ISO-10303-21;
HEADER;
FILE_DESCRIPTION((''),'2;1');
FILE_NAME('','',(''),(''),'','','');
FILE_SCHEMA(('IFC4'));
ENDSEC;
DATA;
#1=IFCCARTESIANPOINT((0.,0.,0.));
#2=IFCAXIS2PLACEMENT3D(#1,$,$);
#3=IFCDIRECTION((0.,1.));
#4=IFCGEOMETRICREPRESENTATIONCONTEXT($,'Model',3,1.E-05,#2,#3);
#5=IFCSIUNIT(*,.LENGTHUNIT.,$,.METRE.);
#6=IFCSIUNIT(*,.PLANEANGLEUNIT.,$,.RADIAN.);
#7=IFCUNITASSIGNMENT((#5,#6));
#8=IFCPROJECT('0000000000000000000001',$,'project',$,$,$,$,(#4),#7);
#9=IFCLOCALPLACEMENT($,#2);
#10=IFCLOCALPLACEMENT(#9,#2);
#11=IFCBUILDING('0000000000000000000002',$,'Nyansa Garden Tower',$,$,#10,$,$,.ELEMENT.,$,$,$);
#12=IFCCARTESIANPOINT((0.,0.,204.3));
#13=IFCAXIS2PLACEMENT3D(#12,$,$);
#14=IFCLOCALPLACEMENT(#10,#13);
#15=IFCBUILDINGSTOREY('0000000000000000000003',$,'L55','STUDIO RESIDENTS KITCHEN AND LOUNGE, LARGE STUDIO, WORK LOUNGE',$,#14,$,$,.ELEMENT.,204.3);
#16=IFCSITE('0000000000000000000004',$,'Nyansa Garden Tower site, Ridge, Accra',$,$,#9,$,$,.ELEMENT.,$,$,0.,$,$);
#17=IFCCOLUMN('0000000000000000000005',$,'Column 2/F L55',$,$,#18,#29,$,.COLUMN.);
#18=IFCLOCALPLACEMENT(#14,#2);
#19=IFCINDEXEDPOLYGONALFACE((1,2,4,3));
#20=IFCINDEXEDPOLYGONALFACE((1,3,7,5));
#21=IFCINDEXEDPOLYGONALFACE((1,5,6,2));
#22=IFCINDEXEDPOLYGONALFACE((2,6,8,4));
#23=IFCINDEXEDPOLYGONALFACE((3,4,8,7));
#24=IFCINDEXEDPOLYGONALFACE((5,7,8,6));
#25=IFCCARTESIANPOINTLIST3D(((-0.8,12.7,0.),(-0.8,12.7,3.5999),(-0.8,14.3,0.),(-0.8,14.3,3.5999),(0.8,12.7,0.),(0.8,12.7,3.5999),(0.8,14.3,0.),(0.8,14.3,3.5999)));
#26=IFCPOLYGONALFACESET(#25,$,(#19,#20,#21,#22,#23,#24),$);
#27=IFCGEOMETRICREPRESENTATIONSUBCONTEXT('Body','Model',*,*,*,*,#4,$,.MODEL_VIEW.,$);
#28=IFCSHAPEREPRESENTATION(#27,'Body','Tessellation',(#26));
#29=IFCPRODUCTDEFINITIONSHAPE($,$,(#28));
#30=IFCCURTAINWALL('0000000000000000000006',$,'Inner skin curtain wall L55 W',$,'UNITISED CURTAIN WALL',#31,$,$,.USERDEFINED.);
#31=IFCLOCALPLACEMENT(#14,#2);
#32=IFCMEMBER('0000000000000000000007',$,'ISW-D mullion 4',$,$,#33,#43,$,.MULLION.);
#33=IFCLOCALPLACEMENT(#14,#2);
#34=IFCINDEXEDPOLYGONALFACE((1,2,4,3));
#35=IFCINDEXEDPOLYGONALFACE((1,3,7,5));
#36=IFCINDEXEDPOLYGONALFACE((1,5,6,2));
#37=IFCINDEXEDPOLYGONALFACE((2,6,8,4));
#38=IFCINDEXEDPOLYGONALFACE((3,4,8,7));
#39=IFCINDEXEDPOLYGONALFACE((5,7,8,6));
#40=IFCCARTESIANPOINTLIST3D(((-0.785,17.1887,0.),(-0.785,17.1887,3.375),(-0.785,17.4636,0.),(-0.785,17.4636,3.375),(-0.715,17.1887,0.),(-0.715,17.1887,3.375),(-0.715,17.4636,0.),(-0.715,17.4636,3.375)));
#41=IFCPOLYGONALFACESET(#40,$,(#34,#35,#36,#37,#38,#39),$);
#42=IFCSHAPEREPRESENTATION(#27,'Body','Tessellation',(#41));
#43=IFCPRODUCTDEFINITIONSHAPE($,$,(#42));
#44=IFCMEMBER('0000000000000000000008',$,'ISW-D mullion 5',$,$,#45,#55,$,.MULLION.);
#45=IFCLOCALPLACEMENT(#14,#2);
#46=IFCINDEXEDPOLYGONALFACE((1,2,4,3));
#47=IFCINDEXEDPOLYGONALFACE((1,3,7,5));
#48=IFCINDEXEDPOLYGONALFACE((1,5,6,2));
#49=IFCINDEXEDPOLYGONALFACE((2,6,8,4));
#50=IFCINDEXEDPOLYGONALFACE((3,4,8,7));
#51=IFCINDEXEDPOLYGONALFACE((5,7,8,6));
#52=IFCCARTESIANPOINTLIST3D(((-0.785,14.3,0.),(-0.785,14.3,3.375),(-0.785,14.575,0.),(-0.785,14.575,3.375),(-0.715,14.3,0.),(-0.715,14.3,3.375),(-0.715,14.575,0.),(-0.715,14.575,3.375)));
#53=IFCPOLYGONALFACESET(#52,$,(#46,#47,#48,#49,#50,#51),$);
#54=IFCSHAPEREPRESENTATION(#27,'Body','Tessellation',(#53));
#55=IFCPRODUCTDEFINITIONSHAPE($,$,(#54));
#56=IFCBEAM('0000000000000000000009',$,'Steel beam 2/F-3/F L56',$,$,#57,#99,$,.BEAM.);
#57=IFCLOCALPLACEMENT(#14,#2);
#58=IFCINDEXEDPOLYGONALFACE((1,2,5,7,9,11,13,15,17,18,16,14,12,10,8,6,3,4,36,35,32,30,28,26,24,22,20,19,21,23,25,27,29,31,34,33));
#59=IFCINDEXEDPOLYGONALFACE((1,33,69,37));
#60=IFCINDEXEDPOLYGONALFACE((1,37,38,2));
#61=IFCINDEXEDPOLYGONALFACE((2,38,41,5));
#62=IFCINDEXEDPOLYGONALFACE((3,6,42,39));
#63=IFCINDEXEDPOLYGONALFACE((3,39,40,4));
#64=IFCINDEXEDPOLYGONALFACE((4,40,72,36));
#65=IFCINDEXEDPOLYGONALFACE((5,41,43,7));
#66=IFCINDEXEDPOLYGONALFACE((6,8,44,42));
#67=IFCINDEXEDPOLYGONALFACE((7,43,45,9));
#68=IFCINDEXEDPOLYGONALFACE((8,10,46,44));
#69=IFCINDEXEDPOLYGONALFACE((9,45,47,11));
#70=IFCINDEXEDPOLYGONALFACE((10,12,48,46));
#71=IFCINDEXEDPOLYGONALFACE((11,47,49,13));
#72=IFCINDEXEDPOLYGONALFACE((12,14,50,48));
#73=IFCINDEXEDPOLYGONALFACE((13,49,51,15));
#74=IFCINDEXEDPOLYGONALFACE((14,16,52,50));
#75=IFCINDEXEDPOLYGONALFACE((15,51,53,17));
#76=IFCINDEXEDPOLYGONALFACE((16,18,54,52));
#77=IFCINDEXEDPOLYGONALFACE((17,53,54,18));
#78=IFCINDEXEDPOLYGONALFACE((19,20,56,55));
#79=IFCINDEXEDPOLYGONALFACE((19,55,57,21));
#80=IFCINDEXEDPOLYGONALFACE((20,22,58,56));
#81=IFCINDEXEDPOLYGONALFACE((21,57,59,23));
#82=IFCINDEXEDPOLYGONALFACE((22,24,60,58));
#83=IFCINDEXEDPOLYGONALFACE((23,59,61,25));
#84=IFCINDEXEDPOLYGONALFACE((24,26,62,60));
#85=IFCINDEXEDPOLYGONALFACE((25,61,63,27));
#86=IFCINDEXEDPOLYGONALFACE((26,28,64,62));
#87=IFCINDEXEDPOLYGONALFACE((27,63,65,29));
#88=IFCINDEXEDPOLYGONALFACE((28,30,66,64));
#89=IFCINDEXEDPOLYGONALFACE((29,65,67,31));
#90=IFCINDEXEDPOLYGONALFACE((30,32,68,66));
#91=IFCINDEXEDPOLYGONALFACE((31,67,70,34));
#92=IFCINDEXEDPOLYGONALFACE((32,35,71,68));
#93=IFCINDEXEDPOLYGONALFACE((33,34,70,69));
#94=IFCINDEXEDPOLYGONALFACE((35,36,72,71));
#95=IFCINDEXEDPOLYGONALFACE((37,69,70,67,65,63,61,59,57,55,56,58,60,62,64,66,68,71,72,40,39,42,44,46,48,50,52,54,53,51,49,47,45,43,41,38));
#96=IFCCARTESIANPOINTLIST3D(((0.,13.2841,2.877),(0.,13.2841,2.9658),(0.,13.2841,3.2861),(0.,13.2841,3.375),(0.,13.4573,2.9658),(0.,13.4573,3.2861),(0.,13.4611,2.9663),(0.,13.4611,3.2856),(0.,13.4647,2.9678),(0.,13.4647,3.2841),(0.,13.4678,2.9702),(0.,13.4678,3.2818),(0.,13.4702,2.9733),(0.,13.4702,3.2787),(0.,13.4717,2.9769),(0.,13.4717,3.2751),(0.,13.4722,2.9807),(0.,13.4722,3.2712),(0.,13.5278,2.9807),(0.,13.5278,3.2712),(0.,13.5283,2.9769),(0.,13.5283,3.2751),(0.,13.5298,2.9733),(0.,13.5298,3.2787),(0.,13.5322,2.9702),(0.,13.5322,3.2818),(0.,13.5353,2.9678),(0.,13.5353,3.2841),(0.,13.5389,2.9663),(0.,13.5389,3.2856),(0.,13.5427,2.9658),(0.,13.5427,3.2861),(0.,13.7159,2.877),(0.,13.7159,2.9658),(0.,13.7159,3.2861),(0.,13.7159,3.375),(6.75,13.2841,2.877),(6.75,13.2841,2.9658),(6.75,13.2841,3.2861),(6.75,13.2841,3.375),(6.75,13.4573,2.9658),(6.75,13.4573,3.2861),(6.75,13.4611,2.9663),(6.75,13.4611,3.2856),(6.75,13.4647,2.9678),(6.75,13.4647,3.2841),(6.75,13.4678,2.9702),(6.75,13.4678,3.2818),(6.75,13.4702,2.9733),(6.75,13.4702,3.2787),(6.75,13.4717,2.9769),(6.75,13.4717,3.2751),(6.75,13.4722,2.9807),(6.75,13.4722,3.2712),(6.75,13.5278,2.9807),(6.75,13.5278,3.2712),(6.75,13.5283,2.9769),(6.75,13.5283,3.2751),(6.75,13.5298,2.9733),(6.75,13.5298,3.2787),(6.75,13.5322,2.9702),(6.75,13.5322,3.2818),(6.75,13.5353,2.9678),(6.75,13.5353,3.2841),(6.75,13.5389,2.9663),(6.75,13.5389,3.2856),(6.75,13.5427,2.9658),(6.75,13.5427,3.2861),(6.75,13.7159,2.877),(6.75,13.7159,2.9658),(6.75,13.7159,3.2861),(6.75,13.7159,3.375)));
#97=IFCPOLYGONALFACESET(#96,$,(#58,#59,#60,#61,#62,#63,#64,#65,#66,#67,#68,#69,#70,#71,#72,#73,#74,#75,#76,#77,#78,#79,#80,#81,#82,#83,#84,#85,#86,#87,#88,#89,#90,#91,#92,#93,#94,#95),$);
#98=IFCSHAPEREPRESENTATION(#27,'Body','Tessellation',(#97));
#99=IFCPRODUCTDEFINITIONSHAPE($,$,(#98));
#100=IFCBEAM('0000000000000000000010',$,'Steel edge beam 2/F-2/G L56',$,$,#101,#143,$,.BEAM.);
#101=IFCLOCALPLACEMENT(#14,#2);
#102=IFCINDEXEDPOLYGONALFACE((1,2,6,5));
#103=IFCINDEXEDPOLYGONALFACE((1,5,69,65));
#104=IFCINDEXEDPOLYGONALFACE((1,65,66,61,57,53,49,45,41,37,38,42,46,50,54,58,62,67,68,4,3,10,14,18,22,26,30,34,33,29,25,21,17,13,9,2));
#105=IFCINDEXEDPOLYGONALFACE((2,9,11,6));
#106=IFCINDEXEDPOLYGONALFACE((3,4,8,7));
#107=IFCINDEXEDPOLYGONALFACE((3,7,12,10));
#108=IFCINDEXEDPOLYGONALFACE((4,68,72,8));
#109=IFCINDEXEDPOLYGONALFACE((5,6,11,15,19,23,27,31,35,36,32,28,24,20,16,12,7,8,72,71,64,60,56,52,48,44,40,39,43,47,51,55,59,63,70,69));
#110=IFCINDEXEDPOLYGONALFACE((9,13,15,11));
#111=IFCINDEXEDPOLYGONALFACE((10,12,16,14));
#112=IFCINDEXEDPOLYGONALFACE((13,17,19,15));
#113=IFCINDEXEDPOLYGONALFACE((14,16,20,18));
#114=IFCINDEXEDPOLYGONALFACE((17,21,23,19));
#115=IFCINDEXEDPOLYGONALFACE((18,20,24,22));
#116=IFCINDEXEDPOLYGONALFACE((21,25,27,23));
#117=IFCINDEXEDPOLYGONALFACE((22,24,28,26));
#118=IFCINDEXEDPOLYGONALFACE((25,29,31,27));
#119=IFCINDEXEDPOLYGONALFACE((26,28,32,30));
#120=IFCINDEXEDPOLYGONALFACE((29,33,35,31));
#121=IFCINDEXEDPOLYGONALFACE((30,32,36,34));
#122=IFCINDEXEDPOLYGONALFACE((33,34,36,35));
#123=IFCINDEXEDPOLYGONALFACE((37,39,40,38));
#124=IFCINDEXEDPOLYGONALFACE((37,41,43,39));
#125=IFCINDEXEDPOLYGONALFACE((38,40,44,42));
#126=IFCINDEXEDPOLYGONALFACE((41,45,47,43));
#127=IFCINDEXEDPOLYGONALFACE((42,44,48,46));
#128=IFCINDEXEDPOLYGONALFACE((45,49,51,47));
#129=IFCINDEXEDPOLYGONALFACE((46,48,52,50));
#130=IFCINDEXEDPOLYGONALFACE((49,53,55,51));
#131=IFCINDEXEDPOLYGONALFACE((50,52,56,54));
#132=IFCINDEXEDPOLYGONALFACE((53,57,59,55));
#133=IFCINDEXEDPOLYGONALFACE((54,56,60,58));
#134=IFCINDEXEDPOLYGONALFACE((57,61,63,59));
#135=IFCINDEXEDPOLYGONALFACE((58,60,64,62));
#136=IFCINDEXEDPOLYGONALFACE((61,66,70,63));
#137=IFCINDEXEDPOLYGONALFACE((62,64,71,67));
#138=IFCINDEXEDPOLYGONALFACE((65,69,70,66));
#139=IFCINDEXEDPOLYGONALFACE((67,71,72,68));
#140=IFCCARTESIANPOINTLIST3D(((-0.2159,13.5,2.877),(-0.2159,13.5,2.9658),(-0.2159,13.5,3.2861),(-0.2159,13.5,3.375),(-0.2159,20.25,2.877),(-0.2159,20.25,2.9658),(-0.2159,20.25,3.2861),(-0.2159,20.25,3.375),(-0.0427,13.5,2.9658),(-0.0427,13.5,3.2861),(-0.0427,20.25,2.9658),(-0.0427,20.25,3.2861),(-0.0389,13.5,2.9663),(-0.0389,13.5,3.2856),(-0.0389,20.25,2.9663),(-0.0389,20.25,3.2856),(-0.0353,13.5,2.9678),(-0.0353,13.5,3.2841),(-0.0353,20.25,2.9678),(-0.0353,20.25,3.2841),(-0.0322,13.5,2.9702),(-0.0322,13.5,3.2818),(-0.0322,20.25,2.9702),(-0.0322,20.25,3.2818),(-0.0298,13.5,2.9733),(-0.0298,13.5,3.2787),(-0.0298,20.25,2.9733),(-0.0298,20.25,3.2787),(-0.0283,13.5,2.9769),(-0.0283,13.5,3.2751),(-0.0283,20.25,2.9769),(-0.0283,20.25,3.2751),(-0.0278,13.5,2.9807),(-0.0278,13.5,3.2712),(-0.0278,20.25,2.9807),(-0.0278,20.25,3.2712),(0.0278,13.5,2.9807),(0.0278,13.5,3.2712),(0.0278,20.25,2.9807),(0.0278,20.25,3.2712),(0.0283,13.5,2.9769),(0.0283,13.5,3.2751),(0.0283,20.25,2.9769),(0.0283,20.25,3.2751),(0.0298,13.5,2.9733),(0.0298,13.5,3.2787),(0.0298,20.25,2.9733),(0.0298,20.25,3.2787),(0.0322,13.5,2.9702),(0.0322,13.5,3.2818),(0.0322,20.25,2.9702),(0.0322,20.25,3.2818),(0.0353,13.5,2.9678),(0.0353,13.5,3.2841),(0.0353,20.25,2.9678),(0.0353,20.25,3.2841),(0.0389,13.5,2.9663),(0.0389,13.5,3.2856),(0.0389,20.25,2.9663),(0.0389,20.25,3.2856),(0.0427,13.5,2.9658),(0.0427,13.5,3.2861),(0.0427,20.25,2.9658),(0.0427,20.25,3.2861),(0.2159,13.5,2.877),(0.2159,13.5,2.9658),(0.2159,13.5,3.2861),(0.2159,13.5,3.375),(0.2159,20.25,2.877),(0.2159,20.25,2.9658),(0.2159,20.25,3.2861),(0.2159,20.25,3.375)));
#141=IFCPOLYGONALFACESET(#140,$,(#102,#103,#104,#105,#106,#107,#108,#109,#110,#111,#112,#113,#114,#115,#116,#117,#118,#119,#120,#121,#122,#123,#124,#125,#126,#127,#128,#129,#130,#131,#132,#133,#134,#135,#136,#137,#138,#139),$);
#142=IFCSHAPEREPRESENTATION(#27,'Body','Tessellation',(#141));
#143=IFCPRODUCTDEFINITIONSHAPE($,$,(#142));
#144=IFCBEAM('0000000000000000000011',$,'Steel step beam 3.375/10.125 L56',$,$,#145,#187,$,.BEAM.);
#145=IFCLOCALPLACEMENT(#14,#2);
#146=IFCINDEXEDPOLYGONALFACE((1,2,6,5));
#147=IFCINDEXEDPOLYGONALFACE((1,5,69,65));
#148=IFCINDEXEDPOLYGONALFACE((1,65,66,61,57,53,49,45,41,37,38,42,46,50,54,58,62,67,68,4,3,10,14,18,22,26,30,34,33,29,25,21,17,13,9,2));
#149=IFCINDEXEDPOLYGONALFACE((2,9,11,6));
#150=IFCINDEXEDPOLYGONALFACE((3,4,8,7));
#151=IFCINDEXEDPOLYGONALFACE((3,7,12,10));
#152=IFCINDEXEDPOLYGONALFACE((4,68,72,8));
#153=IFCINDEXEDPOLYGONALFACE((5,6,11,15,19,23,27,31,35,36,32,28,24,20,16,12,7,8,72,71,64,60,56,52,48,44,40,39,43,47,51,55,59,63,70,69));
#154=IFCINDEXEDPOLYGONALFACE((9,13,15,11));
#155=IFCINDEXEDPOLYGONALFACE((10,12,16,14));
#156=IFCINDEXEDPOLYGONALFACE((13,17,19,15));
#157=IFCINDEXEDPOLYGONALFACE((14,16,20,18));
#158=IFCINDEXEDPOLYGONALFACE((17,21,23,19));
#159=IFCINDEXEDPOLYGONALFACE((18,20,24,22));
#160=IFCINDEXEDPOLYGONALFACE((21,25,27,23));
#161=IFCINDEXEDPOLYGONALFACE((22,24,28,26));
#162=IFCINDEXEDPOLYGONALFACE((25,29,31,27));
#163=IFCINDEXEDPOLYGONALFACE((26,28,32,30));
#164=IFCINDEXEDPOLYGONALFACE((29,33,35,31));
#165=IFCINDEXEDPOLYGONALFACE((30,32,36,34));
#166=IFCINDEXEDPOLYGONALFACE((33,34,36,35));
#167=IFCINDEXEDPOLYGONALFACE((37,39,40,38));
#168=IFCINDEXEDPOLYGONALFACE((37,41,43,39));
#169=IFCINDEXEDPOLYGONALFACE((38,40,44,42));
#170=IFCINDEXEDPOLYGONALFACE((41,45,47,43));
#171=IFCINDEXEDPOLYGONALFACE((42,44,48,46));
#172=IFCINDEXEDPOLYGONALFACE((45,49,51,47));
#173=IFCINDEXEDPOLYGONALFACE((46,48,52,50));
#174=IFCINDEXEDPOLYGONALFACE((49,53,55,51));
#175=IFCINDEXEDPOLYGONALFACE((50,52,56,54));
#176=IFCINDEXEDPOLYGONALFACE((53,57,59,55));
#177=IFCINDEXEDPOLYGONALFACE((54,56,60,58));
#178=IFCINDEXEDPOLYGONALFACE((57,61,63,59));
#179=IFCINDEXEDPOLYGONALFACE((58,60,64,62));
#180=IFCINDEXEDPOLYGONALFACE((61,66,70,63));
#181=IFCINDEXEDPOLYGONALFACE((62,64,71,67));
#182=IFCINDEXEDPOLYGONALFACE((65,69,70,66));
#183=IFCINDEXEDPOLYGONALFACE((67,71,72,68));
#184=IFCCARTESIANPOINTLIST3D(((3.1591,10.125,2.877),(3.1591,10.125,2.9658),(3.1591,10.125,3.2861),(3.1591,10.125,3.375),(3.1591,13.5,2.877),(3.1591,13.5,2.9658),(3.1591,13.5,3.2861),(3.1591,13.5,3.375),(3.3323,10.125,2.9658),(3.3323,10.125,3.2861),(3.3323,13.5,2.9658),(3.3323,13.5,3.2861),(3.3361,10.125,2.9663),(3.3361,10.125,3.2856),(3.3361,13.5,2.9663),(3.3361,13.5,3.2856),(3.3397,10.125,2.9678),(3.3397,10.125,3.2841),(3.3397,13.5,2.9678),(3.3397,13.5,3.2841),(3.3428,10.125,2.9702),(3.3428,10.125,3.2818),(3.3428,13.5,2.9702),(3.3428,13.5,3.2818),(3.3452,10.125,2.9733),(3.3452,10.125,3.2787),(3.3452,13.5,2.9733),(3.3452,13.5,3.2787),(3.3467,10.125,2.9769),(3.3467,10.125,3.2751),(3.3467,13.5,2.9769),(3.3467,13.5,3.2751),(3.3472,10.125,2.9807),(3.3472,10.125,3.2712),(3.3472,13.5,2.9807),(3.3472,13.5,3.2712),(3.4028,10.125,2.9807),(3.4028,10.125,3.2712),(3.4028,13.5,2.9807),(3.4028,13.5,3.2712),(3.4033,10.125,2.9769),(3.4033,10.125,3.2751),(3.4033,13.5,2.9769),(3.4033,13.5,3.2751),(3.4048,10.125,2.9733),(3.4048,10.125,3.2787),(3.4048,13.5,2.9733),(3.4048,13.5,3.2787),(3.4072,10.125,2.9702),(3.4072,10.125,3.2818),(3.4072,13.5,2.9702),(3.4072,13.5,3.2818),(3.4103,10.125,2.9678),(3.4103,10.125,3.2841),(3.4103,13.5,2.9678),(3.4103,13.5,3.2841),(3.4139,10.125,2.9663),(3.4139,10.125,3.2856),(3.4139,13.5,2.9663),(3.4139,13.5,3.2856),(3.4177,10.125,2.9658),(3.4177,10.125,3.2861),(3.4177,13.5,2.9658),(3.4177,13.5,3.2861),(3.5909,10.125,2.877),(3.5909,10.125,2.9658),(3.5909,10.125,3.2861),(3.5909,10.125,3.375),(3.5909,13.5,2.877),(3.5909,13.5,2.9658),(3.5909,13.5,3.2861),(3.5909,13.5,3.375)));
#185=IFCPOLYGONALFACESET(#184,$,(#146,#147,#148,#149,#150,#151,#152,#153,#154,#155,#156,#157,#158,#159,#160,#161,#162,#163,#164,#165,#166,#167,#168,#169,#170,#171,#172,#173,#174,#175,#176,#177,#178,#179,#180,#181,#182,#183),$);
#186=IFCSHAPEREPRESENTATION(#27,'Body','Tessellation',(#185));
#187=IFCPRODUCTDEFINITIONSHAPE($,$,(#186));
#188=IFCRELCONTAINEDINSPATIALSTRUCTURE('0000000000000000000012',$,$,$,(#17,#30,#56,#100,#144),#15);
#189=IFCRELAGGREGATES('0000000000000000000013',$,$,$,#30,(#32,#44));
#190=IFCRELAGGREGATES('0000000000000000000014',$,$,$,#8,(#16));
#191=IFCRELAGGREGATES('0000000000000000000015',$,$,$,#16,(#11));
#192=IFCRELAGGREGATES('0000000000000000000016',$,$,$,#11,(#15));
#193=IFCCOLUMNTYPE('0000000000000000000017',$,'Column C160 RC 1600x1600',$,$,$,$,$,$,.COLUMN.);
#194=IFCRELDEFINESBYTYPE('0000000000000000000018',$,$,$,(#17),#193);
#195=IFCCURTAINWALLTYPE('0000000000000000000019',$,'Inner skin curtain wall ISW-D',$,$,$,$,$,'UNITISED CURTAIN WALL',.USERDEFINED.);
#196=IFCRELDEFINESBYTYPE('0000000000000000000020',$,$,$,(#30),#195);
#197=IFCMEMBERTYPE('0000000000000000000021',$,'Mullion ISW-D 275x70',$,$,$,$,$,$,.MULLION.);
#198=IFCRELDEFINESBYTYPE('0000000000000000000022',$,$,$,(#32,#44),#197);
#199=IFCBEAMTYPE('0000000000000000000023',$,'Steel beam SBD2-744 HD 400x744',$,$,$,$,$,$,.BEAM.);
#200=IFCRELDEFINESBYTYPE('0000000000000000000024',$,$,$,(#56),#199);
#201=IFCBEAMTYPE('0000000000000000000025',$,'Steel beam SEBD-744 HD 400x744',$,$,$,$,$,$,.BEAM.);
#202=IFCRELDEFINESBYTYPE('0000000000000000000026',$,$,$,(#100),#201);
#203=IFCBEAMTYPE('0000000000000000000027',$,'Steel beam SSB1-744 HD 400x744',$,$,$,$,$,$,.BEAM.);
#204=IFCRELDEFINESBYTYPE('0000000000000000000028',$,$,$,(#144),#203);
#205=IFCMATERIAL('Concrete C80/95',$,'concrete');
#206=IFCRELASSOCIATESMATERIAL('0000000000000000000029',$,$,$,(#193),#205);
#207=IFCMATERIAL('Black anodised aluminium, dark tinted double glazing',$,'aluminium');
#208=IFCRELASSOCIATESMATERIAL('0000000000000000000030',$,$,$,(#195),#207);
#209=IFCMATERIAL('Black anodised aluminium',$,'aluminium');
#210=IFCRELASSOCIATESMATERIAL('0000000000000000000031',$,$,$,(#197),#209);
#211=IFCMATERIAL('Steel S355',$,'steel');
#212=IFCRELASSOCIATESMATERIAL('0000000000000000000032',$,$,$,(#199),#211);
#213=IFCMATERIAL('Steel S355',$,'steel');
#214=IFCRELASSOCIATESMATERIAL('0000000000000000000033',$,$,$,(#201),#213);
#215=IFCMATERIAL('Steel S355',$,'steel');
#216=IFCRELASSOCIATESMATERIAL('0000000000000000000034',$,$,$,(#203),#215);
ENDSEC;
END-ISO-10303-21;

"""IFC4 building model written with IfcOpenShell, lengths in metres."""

from ifc_helpers import new_model, si_unit, direction, frame, origin, origin_2d, place, context, subcontext, project, spatial, rectangle, i_section, extrude, material, material_profile, profile_set, type_object, element, aggregate, save


model = new_model("IFC4")

# Units and contexts
model_context = context("Model", 3, precision=1e-05, world=origin(), true_north=direction((0.0, 1.0)))
body_context = subcontext(model_context, "Body", "Model", "MODEL_VIEW")
ifc_project = project(units=[si_unit("LENGTHUNIT", "METRE"), si_unit("PLANEANGLEUNIT", "RADIAN")], contexts=[model_context])

# Site, building, storey
site_placement = place(None, origin())
site = spatial("IfcSite", under=ifc_project, at=site_placement, Name="Nyansa Garden Tower site, Ridge, Accra", CompositionType="ELEMENT", RefElevation=0.0)
building_placement = place(site_placement, origin())
building = spatial("IfcBuilding", under=site, at=building_placement, Name="Nyansa Garden Tower", CompositionType="ELEMENT")
storey_placement = place(building_placement, frame((0.0, 0.0, 204.3)))
storey = spatial("IfcBuildingStorey", under=building, at=storey_placement, Name="L55", Description="STUDIO RESIDENTS KITCHEN AND LOUNGE, LARGE STUDIO, WORK LOUNGE", CompositionType="ELEMENT", Elevation=204.3)

# Column
ifc_material_1 = material(Name="Concrete C80/95", Category="concrete")
ifc_material_profile_1 = material_profile(ifc_material_1, rectangle(XDim=1.6001, YDim=1.6001, at=origin_2d()), Name="RC 1600x1600")
ifc_profile_set_1 = profile_set([ifc_material_profile_1], Name="Concrete C80/95")
column_type = type_object("IfcColumnType", Name="Column C160 RC 1600x1600", PredefinedType="COLUMN", material=ifc_profile_set_1)
column_placement = place(storey_placement, frame((0.0, 13.5, 0.0), z_axis=(0.0, 0.0, 1.0), x_axis=(1.0, 0.0, 0.0)))
element("IfcColumn", 1, at=column_placement, inside=storey, type_object=column_type, Name="Column 2/F L55", PredefinedType="COLUMN", context=body_context, shape_type="SweptSolid", body=[
    extrude(rectangle(XDim=1.6001, YDim=1.6001, at=origin_2d()), origin(), (0.0, 0.0, 1.0), 3.5999),
])

# Curtain wall, members
ifc_material_2 = material(Name="Black anodised aluminium, dark tinted double glazing", Category="aluminium")
curtain_wall_type = type_object("IfcCurtainWallType", Name="Inner skin curtain wall ISW-D", ElementType="UNITISED CURTAIN WALL", PredefinedType="USERDEFINED", material=ifc_material_2)
curtain_wall_placement = place(storey_placement, origin())
curtain_wall = element("IfcCurtainWall", 2, at=curtain_wall_placement, inside=storey, type_object=curtain_wall_type, Name="Inner skin curtain wall L55 W", ObjectType="UNITISED CURTAIN WALL", PredefinedType="USERDEFINED")
ifc_material_3 = material(Name="Black anodised aluminium", Category="aluminium")
ifc_material_profile_2 = material_profile(ifc_material_3, rectangle(XDim=0.0701, YDim=0.2749, at=origin_2d()), Name="Mullion 275x70")
ifc_profile_set_2 = profile_set([ifc_material_profile_2], Name="Black anodised aluminium")
member_type_1 = type_object("IfcMemberType", Name="Mullion ISW-D 275x70", PredefinedType="MULLION", material=ifc_profile_set_2)
member_1_placement = place(storey_placement, frame((-0.75, 17.3262, 0.0), z_axis=(0.0, 0.0, 1.0), x_axis=(1.0, 0.0, 0.0)))
member_1 = element("IfcMember", 3, at=member_1_placement, type_object=member_type_1, Name="ISW-D mullion 4", PredefinedType="MULLION", context=body_context, shape_type="SweptSolid", body=[
    extrude(rectangle(XDim=0.0701, YDim=0.2749, at=origin_2d()), origin(), (0.0, 0.0, 1.0), 3.375),
])
member_2_placement = place(storey_placement, frame((-0.75, 14.4375, 0.0), z_axis=(0.0, 0.0, 1.0), x_axis=(1.0, 0.0, 0.0)))
member_2 = element("IfcMember", 4, at=member_2_placement, type_object=member_type_1, Name="ISW-D mullion 5", PredefinedType="MULLION", context=body_context, shape_type="SweptSolid", body=[
    extrude(rectangle(XDim=0.0701, YDim=0.2749, at=origin_2d()), origin(), (0.0, 0.0, 1.0), 3.375),
])

# Beams
ifc_material_4 = material(Name="Steel S355", Category="steel")
ifc_material_profile_3 = material_profile(ifc_material_4, i_section(OverallWidth=0.4319, OverallDepth=0.498, WebThickness=0.0557, FlangeThickness=0.0889, FilletRadius=0.0149, at=origin_2d()), Name="HD 400x744")
ifc_profile_set_3 = profile_set([ifc_material_profile_3], Name="Steel S355")
beam_type_1 = type_object("IfcBeamType", Name="Steel beam SBD2-744 HD 400x744", PredefinedType="BEAM", material=ifc_profile_set_3)
beam_1_placement = place(storey_placement, frame((0.0, 13.5, 3.126), z_axis=(1.0, 0.0, 0.0), x_axis=(0.0, 1.0, 0.0)))
element("IfcBeam", 5, at=beam_1_placement, inside=storey, type_object=beam_type_1, Name="Steel beam 2/F-3/F L56", PredefinedType="BEAM", context=body_context, shape_type="SweptSolid", body=[
    extrude(i_section(OverallWidth=0.4319, OverallDepth=0.498, WebThickness=0.0557, FlangeThickness=0.0889, FilletRadius=0.0149, at=origin_2d()), origin(), (0.0, 0.0, 1.0), 6.75),
])
ifc_material_5 = material(Name="Steel S355", Category="steel")
ifc_material_profile_4 = material_profile(ifc_material_5, i_section(OverallWidth=0.4319, OverallDepth=0.498, WebThickness=0.0557, FlangeThickness=0.0889, FilletRadius=0.0149, at=origin_2d()), Name="HD 400x744")
ifc_profile_set_4 = profile_set([ifc_material_profile_4], Name="Steel S355")
beam_type_2 = type_object("IfcBeamType", Name="Steel beam SEBD-744 HD 400x744", PredefinedType="BEAM", material=ifc_profile_set_4)
beam_2_placement = place(storey_placement, frame((0.0, 13.5, 3.126), z_axis=(0.0, 1.0, 0.0), x_axis=(-1.0, 0.0, 0.0)))
element("IfcBeam", 6, at=beam_2_placement, inside=storey, type_object=beam_type_2, Name="Steel edge beam 2/F-2/G L56", PredefinedType="BEAM", context=body_context, shape_type="SweptSolid", body=[
    extrude(i_section(OverallWidth=0.4319, OverallDepth=0.498, WebThickness=0.0557, FlangeThickness=0.0889, FilletRadius=0.0149, at=origin_2d()), origin(), (0.0, 0.0, 1.0), 6.75),
])
ifc_material_6 = material(Name="Steel S355", Category="steel")
ifc_material_profile_5 = material_profile(ifc_material_6, i_section(OverallWidth=0.4319, OverallDepth=0.498, WebThickness=0.0557, FlangeThickness=0.0889, FilletRadius=0.0149, at=origin_2d()), Name="HD 400x744")
ifc_profile_set_5 = profile_set([ifc_material_profile_5], Name="Steel S355")
beam_type_3 = type_object("IfcBeamType", Name="Steel beam SSB1-744 HD 400x744", PredefinedType="BEAM", material=ifc_profile_set_5)
beam_3_placement = place(storey_placement, frame((3.375, 10.125, 3.126), z_axis=(0.0, 1.0, 0.0), x_axis=(-1.0, 0.0, 0.0)))
element("IfcBeam", 7, at=beam_3_placement, inside=storey, type_object=beam_type_3, Name="Steel step beam 3.375/10.125 L56", PredefinedType="BEAM", context=body_context, shape_type="SweptSolid", body=[
    extrude(i_section(OverallWidth=0.4319, OverallDepth=0.498, WebThickness=0.0557, FlangeThickness=0.0889, FilletRadius=0.0149, at=origin_2d()), origin(), (0.0, 0.0, 1.0), 3.375),
])

aggregate(curtain_wall, [member_1, member_2])

save(model, "model.ifc")
